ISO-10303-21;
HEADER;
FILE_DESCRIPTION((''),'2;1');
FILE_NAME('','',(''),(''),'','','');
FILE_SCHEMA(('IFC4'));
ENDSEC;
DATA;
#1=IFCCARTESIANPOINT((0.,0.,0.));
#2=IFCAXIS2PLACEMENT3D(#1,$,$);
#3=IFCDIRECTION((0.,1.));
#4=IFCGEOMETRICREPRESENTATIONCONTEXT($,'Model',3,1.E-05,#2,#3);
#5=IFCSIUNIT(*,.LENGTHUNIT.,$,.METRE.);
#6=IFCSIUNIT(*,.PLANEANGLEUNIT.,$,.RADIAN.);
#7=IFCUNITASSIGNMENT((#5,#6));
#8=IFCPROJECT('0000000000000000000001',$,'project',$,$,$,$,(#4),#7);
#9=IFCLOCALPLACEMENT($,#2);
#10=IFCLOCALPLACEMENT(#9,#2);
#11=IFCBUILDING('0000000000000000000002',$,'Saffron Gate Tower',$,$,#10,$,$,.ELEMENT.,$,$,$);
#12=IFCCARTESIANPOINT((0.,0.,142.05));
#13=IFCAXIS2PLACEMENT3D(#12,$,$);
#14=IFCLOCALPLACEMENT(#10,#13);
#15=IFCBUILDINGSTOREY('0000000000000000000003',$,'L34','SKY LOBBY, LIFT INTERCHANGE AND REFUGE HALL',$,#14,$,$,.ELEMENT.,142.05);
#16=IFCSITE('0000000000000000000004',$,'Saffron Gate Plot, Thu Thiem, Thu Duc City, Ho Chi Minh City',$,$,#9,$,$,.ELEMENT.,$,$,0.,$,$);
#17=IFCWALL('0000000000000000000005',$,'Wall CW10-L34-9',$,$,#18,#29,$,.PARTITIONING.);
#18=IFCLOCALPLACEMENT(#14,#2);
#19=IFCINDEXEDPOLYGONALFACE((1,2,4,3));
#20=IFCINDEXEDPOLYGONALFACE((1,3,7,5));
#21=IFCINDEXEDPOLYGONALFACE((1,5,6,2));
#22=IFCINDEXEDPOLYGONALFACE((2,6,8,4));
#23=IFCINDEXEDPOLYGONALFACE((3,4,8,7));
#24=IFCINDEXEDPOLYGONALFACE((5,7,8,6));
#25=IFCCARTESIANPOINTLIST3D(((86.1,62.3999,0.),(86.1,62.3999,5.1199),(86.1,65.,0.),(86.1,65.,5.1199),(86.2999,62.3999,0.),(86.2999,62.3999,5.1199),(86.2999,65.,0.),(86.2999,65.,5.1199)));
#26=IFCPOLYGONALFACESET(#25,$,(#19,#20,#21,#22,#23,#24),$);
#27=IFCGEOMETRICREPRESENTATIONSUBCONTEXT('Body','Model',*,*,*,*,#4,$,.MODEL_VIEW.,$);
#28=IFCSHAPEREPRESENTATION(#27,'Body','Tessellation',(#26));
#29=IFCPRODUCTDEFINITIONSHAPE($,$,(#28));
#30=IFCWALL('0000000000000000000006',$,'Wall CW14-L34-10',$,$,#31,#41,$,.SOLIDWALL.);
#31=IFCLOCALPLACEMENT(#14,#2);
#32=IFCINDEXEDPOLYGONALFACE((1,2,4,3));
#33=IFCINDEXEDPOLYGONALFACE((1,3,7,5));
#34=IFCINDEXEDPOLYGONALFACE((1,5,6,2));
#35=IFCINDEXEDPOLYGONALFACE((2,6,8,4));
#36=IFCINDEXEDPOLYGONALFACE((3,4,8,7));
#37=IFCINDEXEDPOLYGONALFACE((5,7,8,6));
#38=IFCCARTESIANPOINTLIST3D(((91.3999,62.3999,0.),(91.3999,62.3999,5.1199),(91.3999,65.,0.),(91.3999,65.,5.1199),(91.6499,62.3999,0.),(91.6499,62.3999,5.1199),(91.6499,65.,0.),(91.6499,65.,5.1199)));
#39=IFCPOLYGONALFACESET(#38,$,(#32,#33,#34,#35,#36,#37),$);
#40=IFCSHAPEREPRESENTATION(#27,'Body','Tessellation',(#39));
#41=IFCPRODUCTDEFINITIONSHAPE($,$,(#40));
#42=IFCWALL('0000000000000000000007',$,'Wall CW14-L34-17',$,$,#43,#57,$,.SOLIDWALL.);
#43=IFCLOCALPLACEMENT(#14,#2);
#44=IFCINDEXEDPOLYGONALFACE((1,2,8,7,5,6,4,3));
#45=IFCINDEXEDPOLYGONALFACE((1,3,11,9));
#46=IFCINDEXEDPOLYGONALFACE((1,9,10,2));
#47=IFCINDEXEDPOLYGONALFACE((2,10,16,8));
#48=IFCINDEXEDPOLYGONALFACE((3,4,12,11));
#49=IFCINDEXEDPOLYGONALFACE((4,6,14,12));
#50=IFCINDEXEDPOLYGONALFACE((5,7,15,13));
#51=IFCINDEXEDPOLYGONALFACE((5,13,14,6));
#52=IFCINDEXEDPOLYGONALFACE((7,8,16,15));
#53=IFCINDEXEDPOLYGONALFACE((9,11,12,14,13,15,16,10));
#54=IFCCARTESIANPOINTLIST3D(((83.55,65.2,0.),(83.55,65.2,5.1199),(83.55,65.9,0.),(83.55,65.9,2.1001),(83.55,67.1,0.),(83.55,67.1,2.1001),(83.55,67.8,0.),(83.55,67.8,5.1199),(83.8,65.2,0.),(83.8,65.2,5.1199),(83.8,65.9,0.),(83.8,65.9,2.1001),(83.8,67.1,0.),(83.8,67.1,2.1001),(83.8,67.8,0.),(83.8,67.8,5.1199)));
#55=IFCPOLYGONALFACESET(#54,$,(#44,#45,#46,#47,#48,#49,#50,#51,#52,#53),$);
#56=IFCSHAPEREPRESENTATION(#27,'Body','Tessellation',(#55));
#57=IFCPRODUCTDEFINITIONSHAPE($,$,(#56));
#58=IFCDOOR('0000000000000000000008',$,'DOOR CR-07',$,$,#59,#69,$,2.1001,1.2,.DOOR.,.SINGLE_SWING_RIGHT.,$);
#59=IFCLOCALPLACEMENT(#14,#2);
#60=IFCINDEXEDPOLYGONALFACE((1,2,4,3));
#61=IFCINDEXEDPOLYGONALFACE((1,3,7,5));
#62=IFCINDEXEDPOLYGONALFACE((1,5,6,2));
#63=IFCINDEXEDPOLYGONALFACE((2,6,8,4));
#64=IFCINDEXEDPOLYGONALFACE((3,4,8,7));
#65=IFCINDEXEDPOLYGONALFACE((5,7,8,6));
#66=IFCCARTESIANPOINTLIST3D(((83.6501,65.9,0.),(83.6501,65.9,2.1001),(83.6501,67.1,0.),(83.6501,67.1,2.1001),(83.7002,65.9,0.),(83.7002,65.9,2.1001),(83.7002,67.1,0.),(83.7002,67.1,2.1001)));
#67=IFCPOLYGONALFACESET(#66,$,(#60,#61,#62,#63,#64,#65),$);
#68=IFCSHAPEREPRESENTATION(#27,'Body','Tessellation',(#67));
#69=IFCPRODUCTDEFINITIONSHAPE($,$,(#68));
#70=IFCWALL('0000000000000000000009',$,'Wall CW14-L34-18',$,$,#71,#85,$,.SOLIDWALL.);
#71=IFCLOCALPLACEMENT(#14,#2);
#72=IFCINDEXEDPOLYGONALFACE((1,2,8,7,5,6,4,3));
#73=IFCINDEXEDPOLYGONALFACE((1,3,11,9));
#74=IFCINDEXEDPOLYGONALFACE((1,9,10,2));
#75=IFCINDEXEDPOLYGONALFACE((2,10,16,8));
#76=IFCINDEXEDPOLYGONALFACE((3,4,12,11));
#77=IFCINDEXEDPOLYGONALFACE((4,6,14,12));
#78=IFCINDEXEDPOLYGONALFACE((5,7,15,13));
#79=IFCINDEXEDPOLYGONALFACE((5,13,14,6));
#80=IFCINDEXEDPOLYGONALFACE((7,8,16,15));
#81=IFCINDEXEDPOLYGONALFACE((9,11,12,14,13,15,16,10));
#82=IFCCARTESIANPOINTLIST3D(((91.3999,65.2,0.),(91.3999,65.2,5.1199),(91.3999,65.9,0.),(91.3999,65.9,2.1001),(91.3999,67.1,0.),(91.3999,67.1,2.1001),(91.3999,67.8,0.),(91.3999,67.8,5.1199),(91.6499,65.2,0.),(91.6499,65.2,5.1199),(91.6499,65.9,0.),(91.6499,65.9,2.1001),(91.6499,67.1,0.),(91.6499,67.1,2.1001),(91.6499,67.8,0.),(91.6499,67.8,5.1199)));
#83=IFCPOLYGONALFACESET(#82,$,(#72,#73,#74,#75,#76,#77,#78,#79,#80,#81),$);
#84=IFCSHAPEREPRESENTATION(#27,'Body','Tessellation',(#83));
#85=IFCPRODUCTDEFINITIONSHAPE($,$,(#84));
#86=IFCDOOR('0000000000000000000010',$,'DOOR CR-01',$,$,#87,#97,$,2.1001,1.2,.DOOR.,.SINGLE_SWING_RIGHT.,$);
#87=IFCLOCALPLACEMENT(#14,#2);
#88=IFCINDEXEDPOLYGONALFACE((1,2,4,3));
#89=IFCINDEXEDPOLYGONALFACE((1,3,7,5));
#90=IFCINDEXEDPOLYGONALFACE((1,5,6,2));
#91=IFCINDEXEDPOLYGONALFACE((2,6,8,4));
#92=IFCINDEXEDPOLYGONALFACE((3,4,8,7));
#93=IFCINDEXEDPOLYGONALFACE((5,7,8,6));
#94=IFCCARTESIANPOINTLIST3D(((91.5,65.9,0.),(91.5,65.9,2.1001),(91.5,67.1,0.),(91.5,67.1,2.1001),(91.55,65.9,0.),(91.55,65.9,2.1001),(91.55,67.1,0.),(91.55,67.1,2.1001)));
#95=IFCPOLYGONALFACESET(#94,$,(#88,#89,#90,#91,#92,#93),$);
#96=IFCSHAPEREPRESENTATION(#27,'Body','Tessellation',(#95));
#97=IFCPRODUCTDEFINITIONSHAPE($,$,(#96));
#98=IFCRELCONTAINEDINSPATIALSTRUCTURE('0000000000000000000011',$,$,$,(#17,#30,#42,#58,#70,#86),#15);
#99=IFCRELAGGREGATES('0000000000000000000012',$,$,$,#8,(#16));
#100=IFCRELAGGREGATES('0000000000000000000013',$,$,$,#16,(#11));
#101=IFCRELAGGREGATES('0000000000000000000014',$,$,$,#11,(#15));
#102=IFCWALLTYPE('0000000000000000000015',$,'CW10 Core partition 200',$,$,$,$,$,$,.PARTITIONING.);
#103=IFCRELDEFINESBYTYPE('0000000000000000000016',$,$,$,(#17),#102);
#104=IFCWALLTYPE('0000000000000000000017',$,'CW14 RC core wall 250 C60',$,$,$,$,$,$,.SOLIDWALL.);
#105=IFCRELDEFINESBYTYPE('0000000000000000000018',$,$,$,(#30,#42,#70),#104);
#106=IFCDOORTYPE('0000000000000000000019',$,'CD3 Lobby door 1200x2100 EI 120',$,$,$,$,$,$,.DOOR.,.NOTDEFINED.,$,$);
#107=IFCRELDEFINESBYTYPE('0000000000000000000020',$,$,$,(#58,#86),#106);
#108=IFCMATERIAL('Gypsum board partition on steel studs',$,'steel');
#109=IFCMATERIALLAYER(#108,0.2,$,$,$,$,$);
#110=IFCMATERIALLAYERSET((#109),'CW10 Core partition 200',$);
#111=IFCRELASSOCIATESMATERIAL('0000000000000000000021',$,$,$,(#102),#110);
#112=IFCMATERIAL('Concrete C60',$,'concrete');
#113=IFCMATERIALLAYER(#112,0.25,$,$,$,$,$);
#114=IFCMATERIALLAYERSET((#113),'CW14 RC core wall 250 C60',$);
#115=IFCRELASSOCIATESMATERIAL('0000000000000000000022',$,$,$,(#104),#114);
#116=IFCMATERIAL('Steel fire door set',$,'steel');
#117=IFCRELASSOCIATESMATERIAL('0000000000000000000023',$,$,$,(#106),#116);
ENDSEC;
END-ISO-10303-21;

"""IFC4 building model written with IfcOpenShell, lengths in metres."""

from ifc_helpers import new_model, si_unit, direction, frame, frame_2d, origin, place, context, subcontext, project, spatial, rectangle, extrude, material, layer, layer_set, type_object, element, fill, save


model = new_model("IFC4")

# Units and contexts
model_context = context("Model", 3, precision=1e-05, world=origin(), true_north=direction((0.0, 1.0)))
body_context = subcontext(model_context, "Body", "Model", "MODEL_VIEW")
ifc_project = project(units=[si_unit("LENGTHUNIT", "METRE"), si_unit("PLANEANGLEUNIT", "RADIAN")], contexts=[model_context])

# Site, building, storey
site_placement = place(None, origin())
site = spatial("IfcSite", under=ifc_project, at=site_placement, Name="Saffron Gate Plot, Thu Thiem, Thu Duc City, Ho Chi Minh City", CompositionType="ELEMENT", RefElevation=0.0)
building_placement = place(site_placement, origin())
building = spatial("IfcBuilding", under=site, at=building_placement, Name="Saffron Gate Tower", CompositionType="ELEMENT")
storey_placement = place(building_placement, frame((0.0, 0.0, 142.05)))
storey = spatial("IfcBuildingStorey", under=building, at=storey_placement, Name="L34", Description="SKY LOBBY, LIFT INTERCHANGE AND REFUGE HALL", CompositionType="ELEMENT", Elevation=142.05)

# Walls
ifc_material_1 = material(Name="Gypsum board partition on steel studs", Category="steel")
ifc_layer_1 = layer(ifc_material_1, 0.2)
ifc_layer_set_1 = layer_set([ifc_layer_1], Name="CW10 Core partition 200")
wall_type_1 = type_object("IfcWallType", Name="CW10 Core partition 200", PredefinedType="PARTITIONING", material=ifc_layer_set_1)
wall_1_placement = place(storey_placement, frame((86.2, 62.3999, 0.0), z_axis=(0.0, 0.0, 1.0), x_axis=(0.0, 1.0, 0.0)))
element("IfcWall", 1, at=wall_1_placement, inside=storey, type_object=wall_type_1, Name="Wall CW10-L34-9", PredefinedType="PARTITIONING", context=body_context, shape_type="SweptSolid", body=[
    extrude(rectangle(XDim=2.6001, YDim=0.2, at=frame_2d((1.3, 0.0))), origin(), (0.0, 0.0, 1.0), 5.1199),
])
ifc_material_2 = material(Name="Concrete C60", Category="concrete")
ifc_layer_2 = layer(ifc_material_2, 0.25)
ifc_layer_set_2 = layer_set([ifc_layer_2], Name="CW14 RC core wall 250 C60")
wall_type_2 = type_object("IfcWallType", Name="CW14 RC core wall 250 C60", PredefinedType="SOLIDWALL", material=ifc_layer_set_2)
wall_2_placement = place(storey_placement, frame((91.5249, 62.3999, 0.0), z_axis=(0.0, 0.0, 1.0), x_axis=(0.0, 1.0, 0.0)))
element("IfcWall", 2, at=wall_2_placement, inside=storey, type_object=wall_type_2, Name="Wall CW14-L34-10", PredefinedType="SOLIDWALL", context=body_context, shape_type="SweptSolid", body=[
    extrude(rectangle(XDim=2.6001, YDim=0.25, at=frame_2d((1.3, 0.0))), origin(), (0.0, 0.0, 1.0), 5.1199),
])

# Walls, openings, doors
wall_3_placement = place(storey_placement, frame((83.675, 65.2, 0.0), z_axis=(0.0, 0.0, 1.0), x_axis=(0.0, 1.0, 0.0)))
wall_3 = element("IfcWall", 3, at=wall_3_placement, inside=storey, type_object=wall_type_2, Name="Wall CW14-L34-17", PredefinedType="SOLIDWALL", context=body_context, shape_type="SweptSolid", body=[
    extrude(rectangle(XDim=2.6001, YDim=0.25, at=frame_2d((1.3, 0.0))), origin(), (0.0, 0.0, 1.0), 5.1199),
])
opening_1_placement = place(wall_3_placement, frame((0.7, 0.0, 0.0)))
opening_1 = element("IfcOpeningElement", 4, at=opening_1_placement, cuts=wall_3, PredefinedType="OPENING", context=body_context, shape_type="SweptSolid", body=[
    extrude(rectangle(XDim=1.2, YDim=2.1001, at=frame_2d((0.6001, 1.05))), frame((0.0, 0.135, 0.0), z_axis=(0.0, -1.0, 0.0), x_axis=(1.0, 0.0, 0.0)), (0.0, 0.0, 1.0), 0.27),
])
ifc_material_3 = material(Name="Steel fire door set", Category="steel")
door_type_1 = type_object("IfcDoorType", Name="CD3 Lobby door 1200x2100 EI 120", OperationType="NOTDEFINED", PredefinedType="DOOR", material=ifc_material_3)
door_1_placement = place(opening_1_placement, origin())
door_1 = element("IfcDoor", 5, at=door_1_placement, inside=storey, type_object=door_type_1, Name="DOOR CR-07", OperationType="SINGLE_SWING_RIGHT", OverallHeight=2.1001, OverallWidth=1.2, PredefinedType="DOOR", context=body_context, shape_type="SweptSolid", body=[
    extrude(rectangle(XDim=1.2, YDim=2.1001, at=frame_2d((0.6001, 1.05))), frame((0.0, 0.0249, 0.0), z_axis=(0.0, -1.0, 0.0), x_axis=(1.0, 0.0, 0.0)), (0.0, 0.0, 1.0), 0.05),
])
fill(opening_1, door_1)
wall_4_placement = place(storey_placement, frame((91.5249, 65.2, 0.0), z_axis=(0.0, 0.0, 1.0), x_axis=(0.0, 1.0, 0.0)))
wall_4 = element("IfcWall", 6, at=wall_4_placement, inside=storey, type_object=wall_type_2, Name="Wall CW14-L34-18", PredefinedType="SOLIDWALL", context=body_context, shape_type="SweptSolid", body=[
    extrude(rectangle(XDim=2.6001, YDim=0.25, at=frame_2d((1.3, 0.0))), origin(), (0.0, 0.0, 1.0), 5.1199),
])
opening_2_placement = place(wall_4_placement, frame((0.7, 0.0, 0.0)))
opening_2 = element("IfcOpeningElement", 7, at=opening_2_placement, cuts=wall_4, PredefinedType="OPENING", context=body_context, shape_type="SweptSolid", body=[
    extrude(rectangle(XDim=1.2, YDim=2.1001, at=frame_2d((0.6001, 1.05))), frame((0.0, 0.135, 0.0), z_axis=(0.0, -1.0, 0.0), x_axis=(1.0, 0.0, 0.0)), (0.0, 0.0, 1.0), 0.27),
])
door_2_placement = place(opening_2_placement, origin())
door_2 = element("IfcDoor", 8, at=door_2_placement, inside=storey, type_object=door_type_1, Name="DOOR CR-01", OperationType="SINGLE_SWING_RIGHT", OverallHeight=2.1001, OverallWidth=1.2, PredefinedType="DOOR", context=body_context, shape_type="SweptSolid", body=[
    extrude(rectangle(XDim=1.2, YDim=2.1001, at=frame_2d((0.6001, 1.05))), frame((0.0, 0.0249, 0.0), z_axis=(0.0, -1.0, 0.0), x_axis=(1.0, 0.0, 0.0)), (0.0, 0.0, 1.0), 0.05),
])
fill(opening_2, door_2)

save(model, "model.ifc")
